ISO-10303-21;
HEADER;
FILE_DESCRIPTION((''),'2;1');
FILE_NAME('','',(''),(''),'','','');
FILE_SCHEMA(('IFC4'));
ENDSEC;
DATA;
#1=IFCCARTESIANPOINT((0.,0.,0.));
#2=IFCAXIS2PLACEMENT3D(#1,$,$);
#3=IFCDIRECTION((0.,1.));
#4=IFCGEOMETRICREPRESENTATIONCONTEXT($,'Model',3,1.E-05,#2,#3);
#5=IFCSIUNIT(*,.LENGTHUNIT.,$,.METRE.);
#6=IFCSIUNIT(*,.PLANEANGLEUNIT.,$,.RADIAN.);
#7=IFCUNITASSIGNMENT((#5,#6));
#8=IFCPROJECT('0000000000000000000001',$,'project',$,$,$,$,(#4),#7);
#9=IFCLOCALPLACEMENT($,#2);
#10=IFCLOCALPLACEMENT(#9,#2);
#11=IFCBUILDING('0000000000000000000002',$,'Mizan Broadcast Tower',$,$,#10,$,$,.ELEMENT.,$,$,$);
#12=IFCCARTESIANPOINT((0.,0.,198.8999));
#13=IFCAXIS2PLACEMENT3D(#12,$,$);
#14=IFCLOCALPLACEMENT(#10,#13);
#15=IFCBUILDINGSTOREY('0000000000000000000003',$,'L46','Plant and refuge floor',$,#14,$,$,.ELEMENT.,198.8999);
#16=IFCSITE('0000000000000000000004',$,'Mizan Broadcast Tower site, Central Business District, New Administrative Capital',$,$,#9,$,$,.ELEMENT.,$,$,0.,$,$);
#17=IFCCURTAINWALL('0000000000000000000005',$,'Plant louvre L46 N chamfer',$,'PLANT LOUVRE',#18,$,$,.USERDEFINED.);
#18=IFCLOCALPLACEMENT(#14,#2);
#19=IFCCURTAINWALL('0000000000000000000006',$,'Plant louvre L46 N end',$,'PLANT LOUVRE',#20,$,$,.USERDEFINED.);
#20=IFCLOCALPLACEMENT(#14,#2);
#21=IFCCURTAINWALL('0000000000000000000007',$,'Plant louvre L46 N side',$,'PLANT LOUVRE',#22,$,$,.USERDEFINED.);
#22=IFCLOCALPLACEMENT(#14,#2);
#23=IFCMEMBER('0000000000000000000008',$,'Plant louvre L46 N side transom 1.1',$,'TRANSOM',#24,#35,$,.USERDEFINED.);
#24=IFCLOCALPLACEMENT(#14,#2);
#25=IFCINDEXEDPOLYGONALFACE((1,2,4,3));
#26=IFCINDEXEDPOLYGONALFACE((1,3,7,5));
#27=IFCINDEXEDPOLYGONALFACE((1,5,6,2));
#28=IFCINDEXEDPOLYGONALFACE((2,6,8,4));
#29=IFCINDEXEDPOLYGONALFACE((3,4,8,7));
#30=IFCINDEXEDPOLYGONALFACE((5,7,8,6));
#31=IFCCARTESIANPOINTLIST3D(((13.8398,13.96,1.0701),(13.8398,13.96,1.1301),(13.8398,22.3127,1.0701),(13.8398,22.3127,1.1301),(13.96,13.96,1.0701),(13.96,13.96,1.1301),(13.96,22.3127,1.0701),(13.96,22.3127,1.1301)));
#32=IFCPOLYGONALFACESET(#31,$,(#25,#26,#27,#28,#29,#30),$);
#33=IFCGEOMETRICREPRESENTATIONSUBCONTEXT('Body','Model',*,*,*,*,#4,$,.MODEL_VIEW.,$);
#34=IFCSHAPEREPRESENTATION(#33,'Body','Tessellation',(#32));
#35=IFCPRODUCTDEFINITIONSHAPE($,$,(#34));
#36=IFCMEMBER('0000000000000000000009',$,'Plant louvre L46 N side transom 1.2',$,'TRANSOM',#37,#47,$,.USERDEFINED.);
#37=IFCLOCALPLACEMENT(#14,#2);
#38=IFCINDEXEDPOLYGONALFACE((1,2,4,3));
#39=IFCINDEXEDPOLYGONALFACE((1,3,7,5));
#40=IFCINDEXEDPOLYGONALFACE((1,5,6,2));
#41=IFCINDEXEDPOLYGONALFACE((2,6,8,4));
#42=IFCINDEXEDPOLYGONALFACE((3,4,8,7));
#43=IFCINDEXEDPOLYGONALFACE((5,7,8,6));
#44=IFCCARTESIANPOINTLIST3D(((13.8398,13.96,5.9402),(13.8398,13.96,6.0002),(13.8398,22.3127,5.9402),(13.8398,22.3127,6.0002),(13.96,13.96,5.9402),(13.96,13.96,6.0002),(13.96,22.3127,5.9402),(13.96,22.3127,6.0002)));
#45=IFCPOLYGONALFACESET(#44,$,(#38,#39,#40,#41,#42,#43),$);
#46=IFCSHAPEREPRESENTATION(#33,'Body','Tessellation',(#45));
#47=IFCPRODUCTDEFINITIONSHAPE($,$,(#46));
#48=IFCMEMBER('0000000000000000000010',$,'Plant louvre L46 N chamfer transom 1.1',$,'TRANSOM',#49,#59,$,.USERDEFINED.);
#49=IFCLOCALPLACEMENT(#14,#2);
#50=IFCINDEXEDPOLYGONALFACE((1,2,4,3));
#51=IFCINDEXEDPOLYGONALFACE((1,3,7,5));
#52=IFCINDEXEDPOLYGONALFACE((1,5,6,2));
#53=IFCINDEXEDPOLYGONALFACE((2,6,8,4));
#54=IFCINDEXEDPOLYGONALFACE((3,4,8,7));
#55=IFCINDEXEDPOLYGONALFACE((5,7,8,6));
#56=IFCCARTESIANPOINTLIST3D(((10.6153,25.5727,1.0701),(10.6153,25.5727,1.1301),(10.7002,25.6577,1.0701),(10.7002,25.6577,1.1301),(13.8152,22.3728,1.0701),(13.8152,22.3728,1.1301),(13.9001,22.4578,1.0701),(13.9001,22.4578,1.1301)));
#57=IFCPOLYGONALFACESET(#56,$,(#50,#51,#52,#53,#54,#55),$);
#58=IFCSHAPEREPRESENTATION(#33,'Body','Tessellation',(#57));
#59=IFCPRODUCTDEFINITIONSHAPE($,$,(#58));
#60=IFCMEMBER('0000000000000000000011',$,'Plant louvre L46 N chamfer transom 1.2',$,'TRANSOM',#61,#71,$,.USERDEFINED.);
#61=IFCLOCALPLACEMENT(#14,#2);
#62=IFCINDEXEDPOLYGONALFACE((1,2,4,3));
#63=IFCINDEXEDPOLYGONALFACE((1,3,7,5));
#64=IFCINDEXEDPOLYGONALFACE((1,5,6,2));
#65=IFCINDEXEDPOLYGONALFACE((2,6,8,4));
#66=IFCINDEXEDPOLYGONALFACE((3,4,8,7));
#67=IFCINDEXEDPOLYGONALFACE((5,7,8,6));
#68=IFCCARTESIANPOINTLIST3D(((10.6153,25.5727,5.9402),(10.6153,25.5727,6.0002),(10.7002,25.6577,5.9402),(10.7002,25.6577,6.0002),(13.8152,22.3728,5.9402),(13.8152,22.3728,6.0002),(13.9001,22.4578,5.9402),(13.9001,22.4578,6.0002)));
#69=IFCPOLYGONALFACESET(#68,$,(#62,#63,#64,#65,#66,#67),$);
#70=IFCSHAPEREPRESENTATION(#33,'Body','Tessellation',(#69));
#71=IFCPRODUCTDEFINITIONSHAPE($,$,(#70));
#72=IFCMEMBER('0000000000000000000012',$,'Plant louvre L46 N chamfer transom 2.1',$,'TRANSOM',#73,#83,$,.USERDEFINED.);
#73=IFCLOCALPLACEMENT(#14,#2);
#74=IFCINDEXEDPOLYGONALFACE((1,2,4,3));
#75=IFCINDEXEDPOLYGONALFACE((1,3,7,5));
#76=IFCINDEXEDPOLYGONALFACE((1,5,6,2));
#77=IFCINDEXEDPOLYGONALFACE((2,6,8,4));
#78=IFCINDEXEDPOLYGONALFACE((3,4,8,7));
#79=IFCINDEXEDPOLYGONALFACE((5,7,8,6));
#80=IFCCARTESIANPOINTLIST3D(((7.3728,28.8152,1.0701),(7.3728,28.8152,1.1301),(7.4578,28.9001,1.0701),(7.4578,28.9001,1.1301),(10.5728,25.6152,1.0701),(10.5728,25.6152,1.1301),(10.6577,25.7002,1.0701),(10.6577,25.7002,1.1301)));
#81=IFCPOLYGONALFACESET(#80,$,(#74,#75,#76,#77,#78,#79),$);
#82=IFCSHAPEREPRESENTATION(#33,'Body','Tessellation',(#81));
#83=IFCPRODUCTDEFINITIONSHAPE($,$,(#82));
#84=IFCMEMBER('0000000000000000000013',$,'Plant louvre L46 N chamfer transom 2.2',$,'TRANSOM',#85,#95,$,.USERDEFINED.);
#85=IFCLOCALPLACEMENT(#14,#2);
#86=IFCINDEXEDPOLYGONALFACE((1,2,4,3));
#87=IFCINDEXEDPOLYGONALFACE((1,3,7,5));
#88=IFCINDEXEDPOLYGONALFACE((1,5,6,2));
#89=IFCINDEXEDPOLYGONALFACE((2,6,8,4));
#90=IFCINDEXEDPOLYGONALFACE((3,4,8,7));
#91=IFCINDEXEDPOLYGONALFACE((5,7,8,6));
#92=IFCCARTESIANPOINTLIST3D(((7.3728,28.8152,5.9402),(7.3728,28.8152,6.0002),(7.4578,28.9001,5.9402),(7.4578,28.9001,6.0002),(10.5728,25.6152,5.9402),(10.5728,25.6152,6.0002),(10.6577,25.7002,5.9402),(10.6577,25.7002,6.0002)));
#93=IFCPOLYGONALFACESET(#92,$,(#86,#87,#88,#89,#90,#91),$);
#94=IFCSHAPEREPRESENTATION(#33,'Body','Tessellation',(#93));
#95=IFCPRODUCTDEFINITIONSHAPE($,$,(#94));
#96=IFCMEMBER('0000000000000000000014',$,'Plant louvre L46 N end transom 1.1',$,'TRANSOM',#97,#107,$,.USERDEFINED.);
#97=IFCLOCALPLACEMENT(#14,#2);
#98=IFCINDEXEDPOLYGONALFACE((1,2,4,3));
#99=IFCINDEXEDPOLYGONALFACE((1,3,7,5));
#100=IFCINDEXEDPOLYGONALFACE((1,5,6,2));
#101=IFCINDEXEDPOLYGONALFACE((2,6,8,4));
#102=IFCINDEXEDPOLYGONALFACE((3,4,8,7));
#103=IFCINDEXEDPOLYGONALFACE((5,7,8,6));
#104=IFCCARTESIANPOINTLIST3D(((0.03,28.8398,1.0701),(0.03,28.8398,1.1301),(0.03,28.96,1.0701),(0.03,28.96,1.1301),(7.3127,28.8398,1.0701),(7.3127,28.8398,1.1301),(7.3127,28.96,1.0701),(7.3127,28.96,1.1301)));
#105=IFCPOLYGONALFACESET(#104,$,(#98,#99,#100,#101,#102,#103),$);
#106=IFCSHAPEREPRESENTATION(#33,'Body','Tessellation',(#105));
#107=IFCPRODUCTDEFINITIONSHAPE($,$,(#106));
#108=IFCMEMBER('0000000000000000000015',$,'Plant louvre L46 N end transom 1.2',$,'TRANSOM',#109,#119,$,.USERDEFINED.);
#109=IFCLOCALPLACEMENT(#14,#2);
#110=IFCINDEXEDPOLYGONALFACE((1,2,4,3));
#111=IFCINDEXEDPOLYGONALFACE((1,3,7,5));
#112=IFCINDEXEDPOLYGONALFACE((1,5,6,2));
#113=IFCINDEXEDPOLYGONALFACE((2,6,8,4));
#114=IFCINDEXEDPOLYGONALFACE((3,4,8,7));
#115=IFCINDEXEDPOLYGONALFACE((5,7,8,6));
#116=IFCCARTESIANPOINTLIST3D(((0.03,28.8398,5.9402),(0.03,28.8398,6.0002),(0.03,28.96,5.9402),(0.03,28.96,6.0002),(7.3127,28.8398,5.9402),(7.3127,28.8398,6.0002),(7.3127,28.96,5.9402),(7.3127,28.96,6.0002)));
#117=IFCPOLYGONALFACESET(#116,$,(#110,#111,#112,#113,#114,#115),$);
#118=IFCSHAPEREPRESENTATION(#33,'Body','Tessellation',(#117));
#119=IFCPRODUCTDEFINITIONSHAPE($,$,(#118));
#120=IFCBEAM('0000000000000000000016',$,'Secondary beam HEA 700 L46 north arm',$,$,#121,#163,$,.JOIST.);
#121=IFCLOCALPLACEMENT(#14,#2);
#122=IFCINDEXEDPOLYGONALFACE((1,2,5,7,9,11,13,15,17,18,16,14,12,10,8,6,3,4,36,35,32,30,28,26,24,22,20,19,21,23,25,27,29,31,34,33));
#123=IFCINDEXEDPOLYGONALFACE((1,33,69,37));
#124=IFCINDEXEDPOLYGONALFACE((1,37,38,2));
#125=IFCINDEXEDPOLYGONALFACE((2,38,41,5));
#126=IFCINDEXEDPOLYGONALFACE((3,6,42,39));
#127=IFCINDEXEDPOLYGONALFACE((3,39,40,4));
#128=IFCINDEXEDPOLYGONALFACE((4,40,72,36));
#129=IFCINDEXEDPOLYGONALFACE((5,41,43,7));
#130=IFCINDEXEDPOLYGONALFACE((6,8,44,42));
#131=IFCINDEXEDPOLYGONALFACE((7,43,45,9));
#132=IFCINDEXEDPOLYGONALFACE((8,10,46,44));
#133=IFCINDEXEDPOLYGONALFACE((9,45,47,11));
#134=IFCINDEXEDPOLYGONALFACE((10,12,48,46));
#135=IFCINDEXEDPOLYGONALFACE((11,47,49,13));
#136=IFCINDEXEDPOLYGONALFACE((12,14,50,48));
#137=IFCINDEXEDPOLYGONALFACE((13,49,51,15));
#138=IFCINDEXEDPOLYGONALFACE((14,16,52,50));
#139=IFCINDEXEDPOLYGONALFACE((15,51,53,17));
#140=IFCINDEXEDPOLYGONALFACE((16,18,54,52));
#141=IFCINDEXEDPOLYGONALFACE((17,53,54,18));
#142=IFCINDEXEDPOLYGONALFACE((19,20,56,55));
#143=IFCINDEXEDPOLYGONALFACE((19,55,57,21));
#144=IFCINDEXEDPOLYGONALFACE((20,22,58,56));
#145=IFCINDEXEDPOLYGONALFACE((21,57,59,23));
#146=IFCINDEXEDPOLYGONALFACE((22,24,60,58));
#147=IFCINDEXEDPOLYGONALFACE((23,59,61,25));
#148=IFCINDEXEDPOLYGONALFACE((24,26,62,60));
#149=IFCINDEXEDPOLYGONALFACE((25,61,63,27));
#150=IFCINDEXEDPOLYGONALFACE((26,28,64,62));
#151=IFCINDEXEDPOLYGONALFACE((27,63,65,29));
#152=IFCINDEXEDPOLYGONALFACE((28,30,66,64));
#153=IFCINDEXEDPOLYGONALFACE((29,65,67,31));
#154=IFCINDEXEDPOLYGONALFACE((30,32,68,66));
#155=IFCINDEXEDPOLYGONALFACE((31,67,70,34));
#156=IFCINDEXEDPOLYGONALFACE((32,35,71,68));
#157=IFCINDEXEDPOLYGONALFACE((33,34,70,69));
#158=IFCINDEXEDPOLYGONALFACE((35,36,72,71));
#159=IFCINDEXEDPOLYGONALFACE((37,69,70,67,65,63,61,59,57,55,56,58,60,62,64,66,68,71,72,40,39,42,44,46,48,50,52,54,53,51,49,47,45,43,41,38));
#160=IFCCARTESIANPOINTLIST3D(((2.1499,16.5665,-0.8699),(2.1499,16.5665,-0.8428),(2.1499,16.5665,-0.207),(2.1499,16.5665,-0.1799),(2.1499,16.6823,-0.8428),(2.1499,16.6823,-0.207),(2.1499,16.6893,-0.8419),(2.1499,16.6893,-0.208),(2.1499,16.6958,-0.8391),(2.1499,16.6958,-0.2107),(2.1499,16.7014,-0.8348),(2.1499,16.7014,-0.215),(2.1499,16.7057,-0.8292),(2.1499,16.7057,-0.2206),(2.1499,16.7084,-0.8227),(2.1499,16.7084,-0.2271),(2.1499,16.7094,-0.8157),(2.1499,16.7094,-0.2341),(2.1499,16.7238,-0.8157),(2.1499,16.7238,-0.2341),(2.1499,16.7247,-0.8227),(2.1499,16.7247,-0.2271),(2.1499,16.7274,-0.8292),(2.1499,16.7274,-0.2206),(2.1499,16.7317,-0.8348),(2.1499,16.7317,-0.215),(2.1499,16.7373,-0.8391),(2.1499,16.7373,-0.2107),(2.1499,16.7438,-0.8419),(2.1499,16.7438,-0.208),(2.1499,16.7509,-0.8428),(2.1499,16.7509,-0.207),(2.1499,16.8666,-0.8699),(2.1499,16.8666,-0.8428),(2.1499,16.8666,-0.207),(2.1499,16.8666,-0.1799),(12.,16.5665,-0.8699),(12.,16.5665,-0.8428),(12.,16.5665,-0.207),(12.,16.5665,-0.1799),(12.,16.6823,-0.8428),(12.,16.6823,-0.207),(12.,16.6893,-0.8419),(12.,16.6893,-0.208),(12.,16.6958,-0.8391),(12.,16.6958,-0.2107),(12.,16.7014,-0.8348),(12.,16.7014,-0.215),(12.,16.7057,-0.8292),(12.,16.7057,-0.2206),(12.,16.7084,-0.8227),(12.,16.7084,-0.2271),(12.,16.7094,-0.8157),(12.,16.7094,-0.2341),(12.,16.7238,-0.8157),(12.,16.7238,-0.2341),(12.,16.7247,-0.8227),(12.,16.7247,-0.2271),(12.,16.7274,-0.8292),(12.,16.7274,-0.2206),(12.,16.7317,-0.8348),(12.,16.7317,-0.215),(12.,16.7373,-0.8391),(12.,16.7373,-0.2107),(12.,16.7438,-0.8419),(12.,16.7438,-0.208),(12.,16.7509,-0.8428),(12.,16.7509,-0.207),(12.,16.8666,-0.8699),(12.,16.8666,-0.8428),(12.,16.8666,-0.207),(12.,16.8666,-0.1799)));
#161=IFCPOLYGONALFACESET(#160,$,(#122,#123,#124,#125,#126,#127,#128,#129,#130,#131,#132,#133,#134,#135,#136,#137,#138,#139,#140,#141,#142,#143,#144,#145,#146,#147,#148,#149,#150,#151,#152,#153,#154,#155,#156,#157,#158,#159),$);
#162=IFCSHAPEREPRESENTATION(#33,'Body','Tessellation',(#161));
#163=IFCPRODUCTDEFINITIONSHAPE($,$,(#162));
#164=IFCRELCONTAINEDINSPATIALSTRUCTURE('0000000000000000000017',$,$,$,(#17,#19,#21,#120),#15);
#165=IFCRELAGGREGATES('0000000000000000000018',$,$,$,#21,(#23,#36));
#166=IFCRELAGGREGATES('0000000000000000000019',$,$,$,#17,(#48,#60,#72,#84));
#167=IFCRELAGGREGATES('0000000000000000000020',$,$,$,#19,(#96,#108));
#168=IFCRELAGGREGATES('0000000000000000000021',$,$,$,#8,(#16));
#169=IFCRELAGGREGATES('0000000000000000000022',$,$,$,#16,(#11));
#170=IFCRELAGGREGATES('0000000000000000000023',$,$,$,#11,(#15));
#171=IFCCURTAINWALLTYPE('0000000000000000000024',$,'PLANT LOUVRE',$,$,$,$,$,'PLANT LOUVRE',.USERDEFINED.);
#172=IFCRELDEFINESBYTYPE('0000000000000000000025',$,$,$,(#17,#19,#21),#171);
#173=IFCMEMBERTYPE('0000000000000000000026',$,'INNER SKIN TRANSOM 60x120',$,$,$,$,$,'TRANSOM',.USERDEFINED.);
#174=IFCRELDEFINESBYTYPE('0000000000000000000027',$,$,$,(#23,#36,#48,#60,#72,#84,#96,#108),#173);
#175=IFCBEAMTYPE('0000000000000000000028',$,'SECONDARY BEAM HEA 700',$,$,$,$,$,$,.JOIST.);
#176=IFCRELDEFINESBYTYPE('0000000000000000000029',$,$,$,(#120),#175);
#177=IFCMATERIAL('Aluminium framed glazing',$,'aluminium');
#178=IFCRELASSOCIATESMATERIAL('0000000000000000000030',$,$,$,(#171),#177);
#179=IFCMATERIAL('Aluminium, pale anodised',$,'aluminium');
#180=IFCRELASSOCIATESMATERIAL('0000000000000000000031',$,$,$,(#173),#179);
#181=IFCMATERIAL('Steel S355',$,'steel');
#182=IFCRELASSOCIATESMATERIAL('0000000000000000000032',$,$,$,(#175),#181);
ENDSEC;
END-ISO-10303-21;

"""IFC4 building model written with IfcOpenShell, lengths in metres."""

from ifc_helpers import new_model, si_unit, direction, frame, origin, origin_2d, place, context, subcontext, project, spatial, rectangle, i_section, extrude, material, material_profile, profile_set, type_object, element, aggregate, save


model = new_model("IFC4")

# Units and contexts
model_context = context("Model", 3, precision=1e-05, world=origin(), true_north=direction((0.0, 1.0)))
body_context = subcontext(model_context, "Body", "Model", "MODEL_VIEW")
ifc_project = project(units=[si_unit("LENGTHUNIT", "METRE"), si_unit("PLANEANGLEUNIT", "RADIAN")], contexts=[model_context])

# Site, building, storey
site_placement = place(None, origin())
site = spatial("IfcSite", under=ifc_project, at=site_placement, Name="Mizan Broadcast Tower site, Central Business District, New Administrative Capital", CompositionType="ELEMENT", RefElevation=0.0)
building_placement = place(site_placement, origin())
building = spatial("IfcBuilding", under=site, at=building_placement, Name="Mizan Broadcast Tower", CompositionType="ELEMENT")
storey_placement = place(building_placement, frame((0.0, 0.0, 198.8999)))
storey = spatial("IfcBuildingStorey", under=building, at=storey_placement, Name="L46", Description="Plant and refuge floor", CompositionType="ELEMENT", Elevation=198.8999)

# Curtain wall
ifc_material_1 = material(Name="Aluminium framed glazing", Category="aluminium")
curtain_wall_type = type_object("IfcCurtainWallType", Name="PLANT LOUVRE", ElementType="PLANT LOUVRE", PredefinedType="USERDEFINED", material=ifc_material_1)
curtain_wall_1_placement = place(storey_placement, origin())
curtain_wall_1 = element("IfcCurtainWall", 1, at=curtain_wall_1_placement, inside=storey, type_object=curtain_wall_type, Name="Plant louvre L46 N chamfer", ObjectType="PLANT LOUVRE", PredefinedType="USERDEFINED")

# Curtain wall
curtain_wall_2_placement = place(storey_placement, origin())
curtain_wall_2 = element("IfcCurtainWall", 2, at=curtain_wall_2_placement, inside=storey, type_object=curtain_wall_type, Name="Plant louvre L46 N end", ObjectType="PLANT LOUVRE", PredefinedType="USERDEFINED")

# Curtain wall, members
curtain_wall_3_placement = place(storey_placement, origin())
curtain_wall_3 = element("IfcCurtainWall", 3, at=curtain_wall_3_placement, inside=storey, type_object=curtain_wall_type, Name="Plant louvre L46 N side", ObjectType="PLANT LOUVRE", PredefinedType="USERDEFINED")
ifc_material_2 = material(Name="Aluminium, pale anodised", Category="aluminium")
ifc_material_profile_1 = material_profile(ifc_material_2, rectangle(XDim=0.1201, YDim=0.0601, at=origin_2d()), Name="TRANSOM 120x60")
ifc_profile_set_1 = profile_set([ifc_material_profile_1], Name="Aluminium, pale anodised")
member_type_1 = type_object("IfcMemberType", Name="INNER SKIN TRANSOM 60x120", ElementType="TRANSOM", PredefinedType="USERDEFINED", material=ifc_profile_set_1)
member_1_placement = place(storey_placement, frame((13.8999, 13.96, 1.1001), z_axis=(0.0, 1.0, 0.0), x_axis=(-1.0, 0.0, 0.0)))
member_1 = element("IfcMember", 4, at=member_1_placement, type_object=member_type_1, Name="Plant louvre L46 N side transom 1.1", ObjectType="TRANSOM", PredefinedType="USERDEFINED", context=body_context, shape_type="SweptSolid", body=[
    extrude(rectangle(XDim=0.1201, YDim=0.0601, at=origin_2d()), origin(), (0.0, 0.0, 1.0), 8.3528),
])
member_2_placement = place(storey_placement, frame((13.8999, 13.96, 5.9702), z_axis=(0.0, 1.0, 0.0), x_axis=(-1.0, 0.0, 0.0)))
member_2 = element("IfcMember", 5, at=member_2_placement, type_object=member_type_1, Name="Plant louvre L46 N side transom 1.2", ObjectType="TRANSOM", PredefinedType="USERDEFINED", context=body_context, shape_type="SweptSolid", body=[
    extrude(rectangle(XDim=0.1201, YDim=0.0601, at=origin_2d()), origin(), (0.0, 0.0, 1.0), 8.3528),
])

# Members
member_3_placement = place(storey_placement, frame((13.8577, 22.4153, 1.1001), z_axis=(-0.707107, 0.707107, 0.0), x_axis=(-0.707107, -0.707107, 0.0)))
member_3 = element("IfcMember", 6, at=member_3_placement, type_object=member_type_1, Name="Plant louvre L46 N chamfer transom 1.1", ObjectType="TRANSOM", PredefinedType="USERDEFINED", context=body_context, shape_type="SweptSolid", body=[
    extrude(rectangle(XDim=0.1201, YDim=0.0601, at=origin_2d()), origin(), (0.0, 0.0, 1.0), 4.5254),
])
member_4_placement = place(storey_placement, frame((13.8577, 22.4153, 5.9702), z_axis=(-0.707107, 0.707107, 0.0), x_axis=(-0.707107, -0.707107, 0.0)))
member_4 = element("IfcMember", 7, at=member_4_placement, type_object=member_type_1, Name="Plant louvre L46 N chamfer transom 1.2", ObjectType="TRANSOM", PredefinedType="USERDEFINED", context=body_context, shape_type="SweptSolid", body=[
    extrude(rectangle(XDim=0.1201, YDim=0.0601, at=origin_2d()), origin(), (0.0, 0.0, 1.0), 4.5254),
])
member_5_placement = place(storey_placement, frame((10.6152, 25.6577, 1.1001), z_axis=(-0.707107, 0.707107, 0.0), x_axis=(-0.707107, -0.707107, 0.0)))
member_5 = element("IfcMember", 8, at=member_5_placement, type_object=member_type_1, Name="Plant louvre L46 N chamfer transom 2.1", ObjectType="TRANSOM", PredefinedType="USERDEFINED", context=body_context, shape_type="SweptSolid", body=[
    extrude(rectangle(XDim=0.1201, YDim=0.0601, at=origin_2d()), origin(), (0.0, 0.0, 1.0), 4.5254),
])
member_6_placement = place(storey_placement, frame((10.6152, 25.6577, 5.9702), z_axis=(-0.707107, 0.707107, 0.0), x_axis=(-0.707107, -0.707107, 0.0)))
member_6 = element("IfcMember", 9, at=member_6_placement, type_object=member_type_1, Name="Plant louvre L46 N chamfer transom 2.2", ObjectType="TRANSOM", PredefinedType="USERDEFINED", context=body_context, shape_type="SweptSolid", body=[
    extrude(rectangle(XDim=0.1201, YDim=0.0601, at=origin_2d()), origin(), (0.0, 0.0, 1.0), 4.5254),
])
member_7_placement = place(storey_placement, frame((7.3127, 28.8999, 1.1001), z_axis=(-1.0, 0.0, 0.0), x_axis=(0.0, -1.0, 0.0)))
member_7 = element("IfcMember", 10, at=member_7_placement, type_object=member_type_1, Name="Plant louvre L46 N end transom 1.1", ObjectType="TRANSOM", PredefinedType="USERDEFINED", context=body_context, shape_type="SweptSolid", body=[
    extrude(rectangle(XDim=0.1201, YDim=0.0601, at=origin_2d()), origin(), (0.0, 0.0, 1.0), 7.2827),
])
member_8_placement = place(storey_placement, frame((7.3127, 28.8999, 5.9702), z_axis=(-1.0, 0.0, 0.0), x_axis=(0.0, -1.0, 0.0)))
member_8 = element("IfcMember", 11, at=member_8_placement, type_object=member_type_1, Name="Plant louvre L46 N end transom 1.2", ObjectType="TRANSOM", PredefinedType="USERDEFINED", context=body_context, shape_type="SweptSolid", body=[
    extrude(rectangle(XDim=0.1201, YDim=0.0601, at=origin_2d()), origin(), (0.0, 0.0, 1.0), 7.2827),
])

# Beam
ifc_material_3 = material(Name="Steel S355", Category="steel")
ifc_material_profile_2 = material_profile(ifc_material_3, i_section(OverallWidth=0.3, OverallDepth=0.6899, WebThickness=0.0144, FlangeThickness=0.0271, FilletRadius=0.0271, at=origin_2d()), Name="HEA 700")
ifc_profile_set_2 = profile_set([ifc_material_profile_2], Name="Steel S355")
beam_type_1 = type_object("IfcBeamType", Name="SECONDARY BEAM HEA 700", PredefinedType="JOIST", material=ifc_profile_set_2)
beam_1_placement = place(storey_placement, frame((12.0, 16.7166, -0.5249), z_axis=(-1.0, 0.0, 0.0), x_axis=(0.0, -1.0, 0.0)))
element("IfcBeam", 12, at=beam_1_placement, inside=storey, type_object=beam_type_1, Name="Secondary beam HEA 700 L46 north arm", PredefinedType="JOIST", context=body_context, shape_type="SweptSolid", body=[
    extrude(i_section(OverallWidth=0.3, OverallDepth=0.6899, WebThickness=0.0144, FlangeThickness=0.0271, FilletRadius=0.0271, at=origin_2d()), origin(), (0.0, 0.0, 1.0), 9.8501),
])

aggregate(curtain_wall_3, [member_1, member_2])
aggregate(curtain_wall_1, [member_3, member_4, member_5, member_6])
aggregate(curtain_wall_2, [member_7, member_8])

save(model, "model.ifc")
